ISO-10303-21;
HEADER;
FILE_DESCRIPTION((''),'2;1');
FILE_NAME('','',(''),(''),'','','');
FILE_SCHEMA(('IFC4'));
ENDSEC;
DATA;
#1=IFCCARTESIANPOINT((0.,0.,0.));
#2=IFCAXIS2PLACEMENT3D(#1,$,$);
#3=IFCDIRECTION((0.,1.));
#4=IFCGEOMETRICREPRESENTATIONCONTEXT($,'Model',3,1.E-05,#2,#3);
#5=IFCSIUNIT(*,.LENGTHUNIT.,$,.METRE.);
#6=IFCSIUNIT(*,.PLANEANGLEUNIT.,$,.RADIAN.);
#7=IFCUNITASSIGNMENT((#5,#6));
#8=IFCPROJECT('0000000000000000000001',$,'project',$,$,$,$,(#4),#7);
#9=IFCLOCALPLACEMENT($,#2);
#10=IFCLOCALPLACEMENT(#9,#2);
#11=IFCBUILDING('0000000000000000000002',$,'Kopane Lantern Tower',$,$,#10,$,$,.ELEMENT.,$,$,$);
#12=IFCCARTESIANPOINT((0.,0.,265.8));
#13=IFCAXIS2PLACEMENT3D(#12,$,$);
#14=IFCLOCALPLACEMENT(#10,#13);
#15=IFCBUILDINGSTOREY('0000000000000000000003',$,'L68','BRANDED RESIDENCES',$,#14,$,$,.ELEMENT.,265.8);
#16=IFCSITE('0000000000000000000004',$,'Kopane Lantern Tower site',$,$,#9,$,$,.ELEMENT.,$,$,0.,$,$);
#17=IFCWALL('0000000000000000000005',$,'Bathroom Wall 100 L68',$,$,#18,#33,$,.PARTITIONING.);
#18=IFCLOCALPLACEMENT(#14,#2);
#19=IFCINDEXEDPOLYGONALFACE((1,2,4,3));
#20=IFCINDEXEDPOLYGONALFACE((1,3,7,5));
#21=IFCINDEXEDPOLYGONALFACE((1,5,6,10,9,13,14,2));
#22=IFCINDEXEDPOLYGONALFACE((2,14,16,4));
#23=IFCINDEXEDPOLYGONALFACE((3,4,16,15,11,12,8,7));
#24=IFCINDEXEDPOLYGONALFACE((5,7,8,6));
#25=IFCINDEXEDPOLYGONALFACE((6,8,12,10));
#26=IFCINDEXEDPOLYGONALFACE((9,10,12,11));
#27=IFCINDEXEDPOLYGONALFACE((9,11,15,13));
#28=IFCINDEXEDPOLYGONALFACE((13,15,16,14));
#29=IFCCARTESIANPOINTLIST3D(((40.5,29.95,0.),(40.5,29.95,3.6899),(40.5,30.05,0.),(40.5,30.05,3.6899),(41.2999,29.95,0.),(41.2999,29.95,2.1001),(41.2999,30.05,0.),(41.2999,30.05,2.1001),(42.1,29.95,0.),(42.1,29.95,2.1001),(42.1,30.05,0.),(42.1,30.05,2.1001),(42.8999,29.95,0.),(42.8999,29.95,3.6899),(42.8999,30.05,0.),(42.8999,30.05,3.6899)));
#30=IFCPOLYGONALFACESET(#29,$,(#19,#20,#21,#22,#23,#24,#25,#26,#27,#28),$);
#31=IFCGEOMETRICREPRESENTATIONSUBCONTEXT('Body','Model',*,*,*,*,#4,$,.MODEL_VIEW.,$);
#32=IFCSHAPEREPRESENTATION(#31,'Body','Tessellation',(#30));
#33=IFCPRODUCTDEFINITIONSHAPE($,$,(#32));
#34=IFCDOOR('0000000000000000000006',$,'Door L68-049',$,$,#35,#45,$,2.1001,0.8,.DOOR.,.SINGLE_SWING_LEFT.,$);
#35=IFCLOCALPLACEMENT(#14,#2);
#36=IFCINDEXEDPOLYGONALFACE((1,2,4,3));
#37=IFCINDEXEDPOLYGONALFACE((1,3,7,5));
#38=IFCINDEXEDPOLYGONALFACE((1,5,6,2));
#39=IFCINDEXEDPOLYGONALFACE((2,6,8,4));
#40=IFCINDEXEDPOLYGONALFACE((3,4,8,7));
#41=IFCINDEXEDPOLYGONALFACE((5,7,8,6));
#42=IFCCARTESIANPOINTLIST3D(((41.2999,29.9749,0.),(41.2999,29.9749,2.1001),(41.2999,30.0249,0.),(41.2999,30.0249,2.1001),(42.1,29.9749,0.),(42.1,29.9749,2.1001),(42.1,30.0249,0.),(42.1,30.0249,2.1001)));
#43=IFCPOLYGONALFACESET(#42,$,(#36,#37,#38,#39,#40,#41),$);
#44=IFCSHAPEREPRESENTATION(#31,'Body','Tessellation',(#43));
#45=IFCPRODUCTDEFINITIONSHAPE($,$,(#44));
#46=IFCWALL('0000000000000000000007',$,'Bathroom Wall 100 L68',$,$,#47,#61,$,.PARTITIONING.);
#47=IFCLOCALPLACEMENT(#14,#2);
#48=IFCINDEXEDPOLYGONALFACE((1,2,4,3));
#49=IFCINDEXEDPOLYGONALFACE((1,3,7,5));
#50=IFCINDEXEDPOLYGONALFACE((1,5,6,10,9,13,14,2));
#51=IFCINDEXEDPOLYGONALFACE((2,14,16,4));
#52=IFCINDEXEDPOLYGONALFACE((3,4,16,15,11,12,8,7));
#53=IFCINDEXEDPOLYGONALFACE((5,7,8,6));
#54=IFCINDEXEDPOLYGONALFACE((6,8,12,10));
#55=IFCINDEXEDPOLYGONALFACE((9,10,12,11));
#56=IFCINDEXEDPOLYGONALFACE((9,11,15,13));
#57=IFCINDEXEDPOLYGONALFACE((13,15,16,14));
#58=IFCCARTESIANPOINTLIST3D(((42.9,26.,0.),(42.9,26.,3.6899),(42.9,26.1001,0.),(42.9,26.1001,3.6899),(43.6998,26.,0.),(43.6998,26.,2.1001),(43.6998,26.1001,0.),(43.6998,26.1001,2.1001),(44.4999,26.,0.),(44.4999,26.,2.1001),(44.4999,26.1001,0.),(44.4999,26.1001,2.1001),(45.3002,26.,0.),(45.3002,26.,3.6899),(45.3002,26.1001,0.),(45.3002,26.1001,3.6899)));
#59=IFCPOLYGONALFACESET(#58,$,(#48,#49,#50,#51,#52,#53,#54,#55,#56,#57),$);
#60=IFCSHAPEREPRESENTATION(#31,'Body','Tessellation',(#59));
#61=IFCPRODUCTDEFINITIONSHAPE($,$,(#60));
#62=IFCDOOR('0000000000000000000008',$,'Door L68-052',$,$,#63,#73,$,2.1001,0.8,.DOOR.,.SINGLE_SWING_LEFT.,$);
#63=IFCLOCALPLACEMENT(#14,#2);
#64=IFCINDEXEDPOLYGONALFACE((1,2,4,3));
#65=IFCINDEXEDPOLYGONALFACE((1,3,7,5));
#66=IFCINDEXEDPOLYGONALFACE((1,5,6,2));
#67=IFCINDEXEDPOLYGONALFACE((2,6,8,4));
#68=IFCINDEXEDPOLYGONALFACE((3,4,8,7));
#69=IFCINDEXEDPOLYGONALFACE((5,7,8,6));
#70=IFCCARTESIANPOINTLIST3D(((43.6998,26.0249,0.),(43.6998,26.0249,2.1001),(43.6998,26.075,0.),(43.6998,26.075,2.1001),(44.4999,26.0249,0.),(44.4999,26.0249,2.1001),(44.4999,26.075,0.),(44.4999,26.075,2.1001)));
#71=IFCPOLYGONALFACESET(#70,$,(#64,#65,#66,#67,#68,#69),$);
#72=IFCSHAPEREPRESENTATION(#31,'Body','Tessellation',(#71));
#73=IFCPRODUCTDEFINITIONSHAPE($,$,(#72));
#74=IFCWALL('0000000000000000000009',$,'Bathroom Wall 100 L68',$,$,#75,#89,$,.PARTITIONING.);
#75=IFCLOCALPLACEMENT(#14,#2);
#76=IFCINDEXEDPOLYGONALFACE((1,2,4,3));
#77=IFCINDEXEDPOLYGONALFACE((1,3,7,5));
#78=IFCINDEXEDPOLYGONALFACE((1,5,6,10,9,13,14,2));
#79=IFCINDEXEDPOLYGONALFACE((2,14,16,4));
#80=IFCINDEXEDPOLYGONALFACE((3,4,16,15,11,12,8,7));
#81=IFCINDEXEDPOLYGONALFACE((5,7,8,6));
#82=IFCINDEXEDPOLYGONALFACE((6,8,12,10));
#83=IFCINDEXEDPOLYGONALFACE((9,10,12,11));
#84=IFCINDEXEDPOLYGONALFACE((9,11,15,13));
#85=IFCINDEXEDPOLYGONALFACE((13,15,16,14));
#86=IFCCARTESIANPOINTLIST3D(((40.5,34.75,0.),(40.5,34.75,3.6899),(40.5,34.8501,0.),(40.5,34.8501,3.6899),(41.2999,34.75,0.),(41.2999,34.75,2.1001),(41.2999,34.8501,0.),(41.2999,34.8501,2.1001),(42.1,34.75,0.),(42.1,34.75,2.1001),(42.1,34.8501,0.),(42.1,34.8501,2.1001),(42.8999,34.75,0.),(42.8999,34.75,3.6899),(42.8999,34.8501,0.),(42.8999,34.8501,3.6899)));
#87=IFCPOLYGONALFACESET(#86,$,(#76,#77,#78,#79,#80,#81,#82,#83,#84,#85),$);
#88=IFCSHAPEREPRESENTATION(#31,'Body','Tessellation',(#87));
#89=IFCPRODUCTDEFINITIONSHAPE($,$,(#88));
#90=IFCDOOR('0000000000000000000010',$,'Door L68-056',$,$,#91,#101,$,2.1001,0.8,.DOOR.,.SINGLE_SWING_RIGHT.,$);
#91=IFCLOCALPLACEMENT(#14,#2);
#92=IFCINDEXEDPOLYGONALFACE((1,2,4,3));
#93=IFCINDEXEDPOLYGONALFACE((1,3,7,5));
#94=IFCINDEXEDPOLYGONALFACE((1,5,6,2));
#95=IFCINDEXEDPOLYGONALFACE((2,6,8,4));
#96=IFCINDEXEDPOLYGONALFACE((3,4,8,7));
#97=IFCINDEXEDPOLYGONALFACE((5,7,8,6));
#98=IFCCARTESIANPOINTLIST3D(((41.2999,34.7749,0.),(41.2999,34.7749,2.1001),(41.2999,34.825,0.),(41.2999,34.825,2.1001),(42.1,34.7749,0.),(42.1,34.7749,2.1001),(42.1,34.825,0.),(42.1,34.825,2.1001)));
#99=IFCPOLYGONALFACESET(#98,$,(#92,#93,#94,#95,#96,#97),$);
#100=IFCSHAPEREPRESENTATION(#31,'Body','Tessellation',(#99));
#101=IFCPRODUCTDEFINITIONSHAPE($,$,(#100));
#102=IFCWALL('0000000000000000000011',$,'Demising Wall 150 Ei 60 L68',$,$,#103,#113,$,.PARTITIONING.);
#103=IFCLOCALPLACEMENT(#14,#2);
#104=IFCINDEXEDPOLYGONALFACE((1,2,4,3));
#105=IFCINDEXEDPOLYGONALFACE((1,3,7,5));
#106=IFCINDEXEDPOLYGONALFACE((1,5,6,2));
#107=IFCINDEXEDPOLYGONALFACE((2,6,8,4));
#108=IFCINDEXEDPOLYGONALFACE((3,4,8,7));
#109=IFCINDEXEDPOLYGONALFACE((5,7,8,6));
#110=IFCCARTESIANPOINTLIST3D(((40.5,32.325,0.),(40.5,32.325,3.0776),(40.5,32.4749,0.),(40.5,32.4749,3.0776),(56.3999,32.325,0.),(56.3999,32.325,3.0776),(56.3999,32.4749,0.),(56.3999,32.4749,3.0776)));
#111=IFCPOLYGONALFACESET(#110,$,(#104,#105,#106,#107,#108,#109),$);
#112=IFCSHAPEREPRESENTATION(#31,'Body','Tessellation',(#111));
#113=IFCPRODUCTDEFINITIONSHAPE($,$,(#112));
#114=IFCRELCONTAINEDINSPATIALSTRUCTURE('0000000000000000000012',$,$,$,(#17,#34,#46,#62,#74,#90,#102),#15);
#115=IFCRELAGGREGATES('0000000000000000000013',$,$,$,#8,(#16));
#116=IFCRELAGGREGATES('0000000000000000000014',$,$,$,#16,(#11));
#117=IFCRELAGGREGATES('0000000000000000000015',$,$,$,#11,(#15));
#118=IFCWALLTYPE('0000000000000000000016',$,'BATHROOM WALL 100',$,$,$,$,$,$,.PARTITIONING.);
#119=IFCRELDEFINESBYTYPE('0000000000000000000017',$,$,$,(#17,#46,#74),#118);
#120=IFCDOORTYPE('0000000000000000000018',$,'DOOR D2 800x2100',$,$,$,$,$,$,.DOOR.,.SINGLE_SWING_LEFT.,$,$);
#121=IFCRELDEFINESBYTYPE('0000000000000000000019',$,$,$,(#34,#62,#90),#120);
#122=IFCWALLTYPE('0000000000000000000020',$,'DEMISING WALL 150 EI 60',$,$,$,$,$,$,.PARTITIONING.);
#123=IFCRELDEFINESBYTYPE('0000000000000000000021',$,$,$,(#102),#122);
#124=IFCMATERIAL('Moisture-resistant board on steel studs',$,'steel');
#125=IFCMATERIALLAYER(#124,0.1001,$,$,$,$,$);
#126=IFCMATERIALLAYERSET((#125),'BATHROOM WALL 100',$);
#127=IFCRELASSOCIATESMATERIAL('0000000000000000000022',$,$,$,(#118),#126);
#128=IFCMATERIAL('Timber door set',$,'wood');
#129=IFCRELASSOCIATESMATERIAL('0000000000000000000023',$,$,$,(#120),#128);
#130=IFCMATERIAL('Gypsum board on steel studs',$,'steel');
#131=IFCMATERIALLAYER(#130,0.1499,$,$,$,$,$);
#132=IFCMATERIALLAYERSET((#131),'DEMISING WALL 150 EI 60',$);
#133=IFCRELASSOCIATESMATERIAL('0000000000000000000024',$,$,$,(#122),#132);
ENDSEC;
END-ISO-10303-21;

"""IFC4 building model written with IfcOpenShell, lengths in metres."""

from ifc_helpers import new_model, si_unit, direction, frame, frame_2d, origin, place, context, subcontext, project, spatial, rectangle, extrude, material, layer, layer_set, type_object, element, fill, save


model = new_model("IFC4")

# Units and contexts
model_context = context("Model", 3, precision=1e-05, world=origin(), true_north=direction((0.0, 1.0)))
body_context = subcontext(model_context, "Body", "Model", "MODEL_VIEW")
ifc_project = project(units=[si_unit("LENGTHUNIT", "METRE"), si_unit("PLANEANGLEUNIT", "RADIAN")], contexts=[model_context])

# Site, building, storey
site_placement = place(None, origin())
site = spatial("IfcSite", under=ifc_project, at=site_placement, Name="Kopane Lantern Tower site", CompositionType="ELEMENT", RefElevation=0.0)
building_placement = place(site_placement, origin())
building = spatial("IfcBuilding", under=site, at=building_placement, Name="Kopane Lantern Tower", CompositionType="ELEMENT")
storey_placement = place(building_placement, frame((0.0, 0.0, 265.8)))
storey = spatial("IfcBuildingStorey", under=building, at=storey_placement, Name="L68", Description="BRANDED RESIDENCES", CompositionType="ELEMENT", Elevation=265.8)

# Walls, openings, doors
ifc_material_1 = material(Name="Moisture-resistant board on steel studs", Category="steel")
ifc_layer_1 = layer(ifc_material_1, 0.1001)
ifc_layer_set_1 = layer_set([ifc_layer_1], Name="BATHROOM WALL 100")
wall_type_1 = type_object("IfcWallType", Name="BATHROOM WALL 100", PredefinedType="PARTITIONING", material=ifc_layer_set_1)
wall_1_placement = place(storey_placement, frame((40.5, 30.0, 0.0), z_axis=(0.0, 0.0, 1.0), x_axis=(1.0, 0.0, 0.0)))
wall_1 = element("IfcWall", 1, at=wall_1_placement, inside=storey, type_object=wall_type_1, Name="Bathroom Wall 100 L68", PredefinedType="PARTITIONING", context=body_context, shape_type="SweptSolid", body=[
    extrude(rectangle(XDim=2.3999, YDim=0.1001, at=frame_2d((1.2, 0.0))), origin(), (0.0, 0.0, 1.0), 3.6899),
])
opening_1_placement = place(wall_1_placement, frame((0.8, 0.0, 0.0)))
opening_1 = element("IfcOpeningElement", 2, at=opening_1_placement, cuts=wall_1, PredefinedType="OPENING", context=body_context, shape_type="SweptSolid", body=[
    extrude(rectangle(XDim=0.8, YDim=2.1001, at=frame_2d((0.3999, 1.05))), frame((0.0, 0.0601, 0.0), z_axis=(0.0, -1.0, 0.0), x_axis=(1.0, 0.0, 0.0)), (0.0, 0.0, 1.0), 0.1201),
])
ifc_material_2 = material(Name="Timber door set", Category="wood")
door_type = type_object("IfcDoorType", Name="DOOR D2 800x2100", OperationType="SINGLE_SWING_LEFT", PredefinedType="DOOR", material=ifc_material_2)
door_1_placement = place(opening_1_placement, origin())
door_1 = element("IfcDoor", 3, at=door_1_placement, inside=storey, type_object=door_type, Name="Door L68-049", OperationType="SINGLE_SWING_LEFT", OverallHeight=2.1001, OverallWidth=0.8, PredefinedType="DOOR", context=body_context, shape_type="SweptSolid", body=[
    extrude(rectangle(XDim=0.8, YDim=2.1001, at=frame_2d((0.3999, 1.05))), frame((0.0, 0.0249, 0.0), z_axis=(0.0, -1.0, 0.0), x_axis=(1.0, 0.0, 0.0)), (0.0, 0.0, 1.0), 0.05),
])
fill(opening_1, door_1)
wall_2_placement = place(storey_placement, frame((42.8999, 26.05, 0.0), z_axis=(0.0, 0.0, 1.0), x_axis=(1.0, 0.0, 0.0)))
wall_2 = element("IfcWall", 4, at=wall_2_placement, inside=storey, type_object=wall_type_1, Name="Bathroom Wall 100 L68", PredefinedType="PARTITIONING", context=body_context, shape_type="SweptSolid", body=[
    extrude(rectangle(XDim=2.4001, YDim=0.1001, at=frame_2d((1.2002, 0.0))), origin(), (0.0, 0.0, 1.0), 3.6899),
])
opening_2_placement = place(wall_2_placement, frame((0.8, 0.0, 0.0)))
opening_2 = element("IfcOpeningElement", 5, at=opening_2_placement, cuts=wall_2, PredefinedType="OPENING", context=body_context, shape_type="SweptSolid", body=[
    extrude(rectangle(XDim=0.8, YDim=2.1001, at=frame_2d((0.3999, 1.05))), frame((0.0, 0.0601, 0.0), z_axis=(0.0, -1.0, 0.0), x_axis=(1.0, 0.0, 0.0)), (0.0, 0.0, 1.0), 0.1201),
])
door_2_placement = place(opening_2_placement, origin())
door_2 = element("IfcDoor", 6, at=door_2_placement, inside=storey, type_object=door_type, Name="Door L68-052", OperationType="SINGLE_SWING_LEFT", OverallHeight=2.1001, OverallWidth=0.8, PredefinedType="DOOR", context=body_context, shape_type="SweptSolid", body=[
    extrude(rectangle(XDim=0.8, YDim=2.1001, at=frame_2d((0.3999, 1.05))), frame((0.0, 0.0249, 0.0), z_axis=(0.0, -1.0, 0.0), x_axis=(1.0, 0.0, 0.0)), (0.0, 0.0, 1.0), 0.05),
])
fill(opening_2, door_2)
wall_3_placement = place(storey_placement, frame((40.5, 34.8, 0.0), z_axis=(0.0, 0.0, 1.0), x_axis=(1.0, 0.0, 0.0)))
wall_3 = element("IfcWall", 7, at=wall_3_placement, inside=storey, type_object=wall_type_1, Name="Bathroom Wall 100 L68", PredefinedType="PARTITIONING", context=body_context, shape_type="SweptSolid", body=[
    extrude(rectangle(XDim=2.3999, YDim=0.1001, at=frame_2d((1.2, 0.0))), origin(), (0.0, 0.0, 1.0), 3.6899),
])
opening_3_placement = place(wall_3_placement, frame((0.8, 0.0, 0.0)))
opening_3 = element("IfcOpeningElement", 8, at=opening_3_placement, cuts=wall_3, PredefinedType="OPENING", context=body_context, shape_type="SweptSolid", body=[
    extrude(rectangle(XDim=0.8, YDim=2.1001, at=frame_2d((0.3999, 1.05))), frame((0.0, 0.0601, 0.0), z_axis=(0.0, -1.0, 0.0), x_axis=(1.0, 0.0, 0.0)), (0.0, 0.0, 1.0), 0.1201),
])
door_3_placement = place(opening_3_placement, origin())
door_3 = element("IfcDoor", 9, at=door_3_placement, inside=storey, type_object=door_type, Name="Door L68-056", OperationType="SINGLE_SWING_RIGHT", OverallHeight=2.1001, OverallWidth=0.8, PredefinedType="DOOR", context=body_context, shape_type="SweptSolid", body=[
    extrude(rectangle(XDim=0.8, YDim=2.1001, at=frame_2d((0.3999, 1.05))), frame((0.0, 0.0249, 0.0), z_axis=(0.0, -1.0, 0.0), x_axis=(1.0, 0.0, 0.0)), (0.0, 0.0, 1.0), 0.05),
])
fill(opening_3, door_3)

# Wall
ifc_material_3 = material(Name="Gypsum board on steel studs", Category="steel")
ifc_layer_2 = layer(ifc_material_3, 0.1499)
ifc_layer_set_2 = layer_set([ifc_layer_2], Name="DEMISING WALL 150 EI 60")
wall_type_2 = type_object("IfcWallType", Name="DEMISING WALL 150 EI 60", PredefinedType="PARTITIONING", material=ifc_layer_set_2)
wall_4_placement = place(storey_placement, frame((40.5, 32.3999, 0.0), z_axis=(0.0, 0.0, 1.0), x_axis=(1.0, 0.0, 0.0)))
element("IfcWall", 10, at=wall_4_placement, inside=storey, type_object=wall_type_2, Name="Demising Wall 150 Ei 60 L68", PredefinedType="PARTITIONING", context=body_context, shape_type="SweptSolid", body=[
    extrude(rectangle(XDim=15.8999, YDim=0.1499, at=frame_2d((7.95, 0.0))), origin(), (0.0, 0.0, 1.0), 3.0776),
])

save(model, "model.ifc")
